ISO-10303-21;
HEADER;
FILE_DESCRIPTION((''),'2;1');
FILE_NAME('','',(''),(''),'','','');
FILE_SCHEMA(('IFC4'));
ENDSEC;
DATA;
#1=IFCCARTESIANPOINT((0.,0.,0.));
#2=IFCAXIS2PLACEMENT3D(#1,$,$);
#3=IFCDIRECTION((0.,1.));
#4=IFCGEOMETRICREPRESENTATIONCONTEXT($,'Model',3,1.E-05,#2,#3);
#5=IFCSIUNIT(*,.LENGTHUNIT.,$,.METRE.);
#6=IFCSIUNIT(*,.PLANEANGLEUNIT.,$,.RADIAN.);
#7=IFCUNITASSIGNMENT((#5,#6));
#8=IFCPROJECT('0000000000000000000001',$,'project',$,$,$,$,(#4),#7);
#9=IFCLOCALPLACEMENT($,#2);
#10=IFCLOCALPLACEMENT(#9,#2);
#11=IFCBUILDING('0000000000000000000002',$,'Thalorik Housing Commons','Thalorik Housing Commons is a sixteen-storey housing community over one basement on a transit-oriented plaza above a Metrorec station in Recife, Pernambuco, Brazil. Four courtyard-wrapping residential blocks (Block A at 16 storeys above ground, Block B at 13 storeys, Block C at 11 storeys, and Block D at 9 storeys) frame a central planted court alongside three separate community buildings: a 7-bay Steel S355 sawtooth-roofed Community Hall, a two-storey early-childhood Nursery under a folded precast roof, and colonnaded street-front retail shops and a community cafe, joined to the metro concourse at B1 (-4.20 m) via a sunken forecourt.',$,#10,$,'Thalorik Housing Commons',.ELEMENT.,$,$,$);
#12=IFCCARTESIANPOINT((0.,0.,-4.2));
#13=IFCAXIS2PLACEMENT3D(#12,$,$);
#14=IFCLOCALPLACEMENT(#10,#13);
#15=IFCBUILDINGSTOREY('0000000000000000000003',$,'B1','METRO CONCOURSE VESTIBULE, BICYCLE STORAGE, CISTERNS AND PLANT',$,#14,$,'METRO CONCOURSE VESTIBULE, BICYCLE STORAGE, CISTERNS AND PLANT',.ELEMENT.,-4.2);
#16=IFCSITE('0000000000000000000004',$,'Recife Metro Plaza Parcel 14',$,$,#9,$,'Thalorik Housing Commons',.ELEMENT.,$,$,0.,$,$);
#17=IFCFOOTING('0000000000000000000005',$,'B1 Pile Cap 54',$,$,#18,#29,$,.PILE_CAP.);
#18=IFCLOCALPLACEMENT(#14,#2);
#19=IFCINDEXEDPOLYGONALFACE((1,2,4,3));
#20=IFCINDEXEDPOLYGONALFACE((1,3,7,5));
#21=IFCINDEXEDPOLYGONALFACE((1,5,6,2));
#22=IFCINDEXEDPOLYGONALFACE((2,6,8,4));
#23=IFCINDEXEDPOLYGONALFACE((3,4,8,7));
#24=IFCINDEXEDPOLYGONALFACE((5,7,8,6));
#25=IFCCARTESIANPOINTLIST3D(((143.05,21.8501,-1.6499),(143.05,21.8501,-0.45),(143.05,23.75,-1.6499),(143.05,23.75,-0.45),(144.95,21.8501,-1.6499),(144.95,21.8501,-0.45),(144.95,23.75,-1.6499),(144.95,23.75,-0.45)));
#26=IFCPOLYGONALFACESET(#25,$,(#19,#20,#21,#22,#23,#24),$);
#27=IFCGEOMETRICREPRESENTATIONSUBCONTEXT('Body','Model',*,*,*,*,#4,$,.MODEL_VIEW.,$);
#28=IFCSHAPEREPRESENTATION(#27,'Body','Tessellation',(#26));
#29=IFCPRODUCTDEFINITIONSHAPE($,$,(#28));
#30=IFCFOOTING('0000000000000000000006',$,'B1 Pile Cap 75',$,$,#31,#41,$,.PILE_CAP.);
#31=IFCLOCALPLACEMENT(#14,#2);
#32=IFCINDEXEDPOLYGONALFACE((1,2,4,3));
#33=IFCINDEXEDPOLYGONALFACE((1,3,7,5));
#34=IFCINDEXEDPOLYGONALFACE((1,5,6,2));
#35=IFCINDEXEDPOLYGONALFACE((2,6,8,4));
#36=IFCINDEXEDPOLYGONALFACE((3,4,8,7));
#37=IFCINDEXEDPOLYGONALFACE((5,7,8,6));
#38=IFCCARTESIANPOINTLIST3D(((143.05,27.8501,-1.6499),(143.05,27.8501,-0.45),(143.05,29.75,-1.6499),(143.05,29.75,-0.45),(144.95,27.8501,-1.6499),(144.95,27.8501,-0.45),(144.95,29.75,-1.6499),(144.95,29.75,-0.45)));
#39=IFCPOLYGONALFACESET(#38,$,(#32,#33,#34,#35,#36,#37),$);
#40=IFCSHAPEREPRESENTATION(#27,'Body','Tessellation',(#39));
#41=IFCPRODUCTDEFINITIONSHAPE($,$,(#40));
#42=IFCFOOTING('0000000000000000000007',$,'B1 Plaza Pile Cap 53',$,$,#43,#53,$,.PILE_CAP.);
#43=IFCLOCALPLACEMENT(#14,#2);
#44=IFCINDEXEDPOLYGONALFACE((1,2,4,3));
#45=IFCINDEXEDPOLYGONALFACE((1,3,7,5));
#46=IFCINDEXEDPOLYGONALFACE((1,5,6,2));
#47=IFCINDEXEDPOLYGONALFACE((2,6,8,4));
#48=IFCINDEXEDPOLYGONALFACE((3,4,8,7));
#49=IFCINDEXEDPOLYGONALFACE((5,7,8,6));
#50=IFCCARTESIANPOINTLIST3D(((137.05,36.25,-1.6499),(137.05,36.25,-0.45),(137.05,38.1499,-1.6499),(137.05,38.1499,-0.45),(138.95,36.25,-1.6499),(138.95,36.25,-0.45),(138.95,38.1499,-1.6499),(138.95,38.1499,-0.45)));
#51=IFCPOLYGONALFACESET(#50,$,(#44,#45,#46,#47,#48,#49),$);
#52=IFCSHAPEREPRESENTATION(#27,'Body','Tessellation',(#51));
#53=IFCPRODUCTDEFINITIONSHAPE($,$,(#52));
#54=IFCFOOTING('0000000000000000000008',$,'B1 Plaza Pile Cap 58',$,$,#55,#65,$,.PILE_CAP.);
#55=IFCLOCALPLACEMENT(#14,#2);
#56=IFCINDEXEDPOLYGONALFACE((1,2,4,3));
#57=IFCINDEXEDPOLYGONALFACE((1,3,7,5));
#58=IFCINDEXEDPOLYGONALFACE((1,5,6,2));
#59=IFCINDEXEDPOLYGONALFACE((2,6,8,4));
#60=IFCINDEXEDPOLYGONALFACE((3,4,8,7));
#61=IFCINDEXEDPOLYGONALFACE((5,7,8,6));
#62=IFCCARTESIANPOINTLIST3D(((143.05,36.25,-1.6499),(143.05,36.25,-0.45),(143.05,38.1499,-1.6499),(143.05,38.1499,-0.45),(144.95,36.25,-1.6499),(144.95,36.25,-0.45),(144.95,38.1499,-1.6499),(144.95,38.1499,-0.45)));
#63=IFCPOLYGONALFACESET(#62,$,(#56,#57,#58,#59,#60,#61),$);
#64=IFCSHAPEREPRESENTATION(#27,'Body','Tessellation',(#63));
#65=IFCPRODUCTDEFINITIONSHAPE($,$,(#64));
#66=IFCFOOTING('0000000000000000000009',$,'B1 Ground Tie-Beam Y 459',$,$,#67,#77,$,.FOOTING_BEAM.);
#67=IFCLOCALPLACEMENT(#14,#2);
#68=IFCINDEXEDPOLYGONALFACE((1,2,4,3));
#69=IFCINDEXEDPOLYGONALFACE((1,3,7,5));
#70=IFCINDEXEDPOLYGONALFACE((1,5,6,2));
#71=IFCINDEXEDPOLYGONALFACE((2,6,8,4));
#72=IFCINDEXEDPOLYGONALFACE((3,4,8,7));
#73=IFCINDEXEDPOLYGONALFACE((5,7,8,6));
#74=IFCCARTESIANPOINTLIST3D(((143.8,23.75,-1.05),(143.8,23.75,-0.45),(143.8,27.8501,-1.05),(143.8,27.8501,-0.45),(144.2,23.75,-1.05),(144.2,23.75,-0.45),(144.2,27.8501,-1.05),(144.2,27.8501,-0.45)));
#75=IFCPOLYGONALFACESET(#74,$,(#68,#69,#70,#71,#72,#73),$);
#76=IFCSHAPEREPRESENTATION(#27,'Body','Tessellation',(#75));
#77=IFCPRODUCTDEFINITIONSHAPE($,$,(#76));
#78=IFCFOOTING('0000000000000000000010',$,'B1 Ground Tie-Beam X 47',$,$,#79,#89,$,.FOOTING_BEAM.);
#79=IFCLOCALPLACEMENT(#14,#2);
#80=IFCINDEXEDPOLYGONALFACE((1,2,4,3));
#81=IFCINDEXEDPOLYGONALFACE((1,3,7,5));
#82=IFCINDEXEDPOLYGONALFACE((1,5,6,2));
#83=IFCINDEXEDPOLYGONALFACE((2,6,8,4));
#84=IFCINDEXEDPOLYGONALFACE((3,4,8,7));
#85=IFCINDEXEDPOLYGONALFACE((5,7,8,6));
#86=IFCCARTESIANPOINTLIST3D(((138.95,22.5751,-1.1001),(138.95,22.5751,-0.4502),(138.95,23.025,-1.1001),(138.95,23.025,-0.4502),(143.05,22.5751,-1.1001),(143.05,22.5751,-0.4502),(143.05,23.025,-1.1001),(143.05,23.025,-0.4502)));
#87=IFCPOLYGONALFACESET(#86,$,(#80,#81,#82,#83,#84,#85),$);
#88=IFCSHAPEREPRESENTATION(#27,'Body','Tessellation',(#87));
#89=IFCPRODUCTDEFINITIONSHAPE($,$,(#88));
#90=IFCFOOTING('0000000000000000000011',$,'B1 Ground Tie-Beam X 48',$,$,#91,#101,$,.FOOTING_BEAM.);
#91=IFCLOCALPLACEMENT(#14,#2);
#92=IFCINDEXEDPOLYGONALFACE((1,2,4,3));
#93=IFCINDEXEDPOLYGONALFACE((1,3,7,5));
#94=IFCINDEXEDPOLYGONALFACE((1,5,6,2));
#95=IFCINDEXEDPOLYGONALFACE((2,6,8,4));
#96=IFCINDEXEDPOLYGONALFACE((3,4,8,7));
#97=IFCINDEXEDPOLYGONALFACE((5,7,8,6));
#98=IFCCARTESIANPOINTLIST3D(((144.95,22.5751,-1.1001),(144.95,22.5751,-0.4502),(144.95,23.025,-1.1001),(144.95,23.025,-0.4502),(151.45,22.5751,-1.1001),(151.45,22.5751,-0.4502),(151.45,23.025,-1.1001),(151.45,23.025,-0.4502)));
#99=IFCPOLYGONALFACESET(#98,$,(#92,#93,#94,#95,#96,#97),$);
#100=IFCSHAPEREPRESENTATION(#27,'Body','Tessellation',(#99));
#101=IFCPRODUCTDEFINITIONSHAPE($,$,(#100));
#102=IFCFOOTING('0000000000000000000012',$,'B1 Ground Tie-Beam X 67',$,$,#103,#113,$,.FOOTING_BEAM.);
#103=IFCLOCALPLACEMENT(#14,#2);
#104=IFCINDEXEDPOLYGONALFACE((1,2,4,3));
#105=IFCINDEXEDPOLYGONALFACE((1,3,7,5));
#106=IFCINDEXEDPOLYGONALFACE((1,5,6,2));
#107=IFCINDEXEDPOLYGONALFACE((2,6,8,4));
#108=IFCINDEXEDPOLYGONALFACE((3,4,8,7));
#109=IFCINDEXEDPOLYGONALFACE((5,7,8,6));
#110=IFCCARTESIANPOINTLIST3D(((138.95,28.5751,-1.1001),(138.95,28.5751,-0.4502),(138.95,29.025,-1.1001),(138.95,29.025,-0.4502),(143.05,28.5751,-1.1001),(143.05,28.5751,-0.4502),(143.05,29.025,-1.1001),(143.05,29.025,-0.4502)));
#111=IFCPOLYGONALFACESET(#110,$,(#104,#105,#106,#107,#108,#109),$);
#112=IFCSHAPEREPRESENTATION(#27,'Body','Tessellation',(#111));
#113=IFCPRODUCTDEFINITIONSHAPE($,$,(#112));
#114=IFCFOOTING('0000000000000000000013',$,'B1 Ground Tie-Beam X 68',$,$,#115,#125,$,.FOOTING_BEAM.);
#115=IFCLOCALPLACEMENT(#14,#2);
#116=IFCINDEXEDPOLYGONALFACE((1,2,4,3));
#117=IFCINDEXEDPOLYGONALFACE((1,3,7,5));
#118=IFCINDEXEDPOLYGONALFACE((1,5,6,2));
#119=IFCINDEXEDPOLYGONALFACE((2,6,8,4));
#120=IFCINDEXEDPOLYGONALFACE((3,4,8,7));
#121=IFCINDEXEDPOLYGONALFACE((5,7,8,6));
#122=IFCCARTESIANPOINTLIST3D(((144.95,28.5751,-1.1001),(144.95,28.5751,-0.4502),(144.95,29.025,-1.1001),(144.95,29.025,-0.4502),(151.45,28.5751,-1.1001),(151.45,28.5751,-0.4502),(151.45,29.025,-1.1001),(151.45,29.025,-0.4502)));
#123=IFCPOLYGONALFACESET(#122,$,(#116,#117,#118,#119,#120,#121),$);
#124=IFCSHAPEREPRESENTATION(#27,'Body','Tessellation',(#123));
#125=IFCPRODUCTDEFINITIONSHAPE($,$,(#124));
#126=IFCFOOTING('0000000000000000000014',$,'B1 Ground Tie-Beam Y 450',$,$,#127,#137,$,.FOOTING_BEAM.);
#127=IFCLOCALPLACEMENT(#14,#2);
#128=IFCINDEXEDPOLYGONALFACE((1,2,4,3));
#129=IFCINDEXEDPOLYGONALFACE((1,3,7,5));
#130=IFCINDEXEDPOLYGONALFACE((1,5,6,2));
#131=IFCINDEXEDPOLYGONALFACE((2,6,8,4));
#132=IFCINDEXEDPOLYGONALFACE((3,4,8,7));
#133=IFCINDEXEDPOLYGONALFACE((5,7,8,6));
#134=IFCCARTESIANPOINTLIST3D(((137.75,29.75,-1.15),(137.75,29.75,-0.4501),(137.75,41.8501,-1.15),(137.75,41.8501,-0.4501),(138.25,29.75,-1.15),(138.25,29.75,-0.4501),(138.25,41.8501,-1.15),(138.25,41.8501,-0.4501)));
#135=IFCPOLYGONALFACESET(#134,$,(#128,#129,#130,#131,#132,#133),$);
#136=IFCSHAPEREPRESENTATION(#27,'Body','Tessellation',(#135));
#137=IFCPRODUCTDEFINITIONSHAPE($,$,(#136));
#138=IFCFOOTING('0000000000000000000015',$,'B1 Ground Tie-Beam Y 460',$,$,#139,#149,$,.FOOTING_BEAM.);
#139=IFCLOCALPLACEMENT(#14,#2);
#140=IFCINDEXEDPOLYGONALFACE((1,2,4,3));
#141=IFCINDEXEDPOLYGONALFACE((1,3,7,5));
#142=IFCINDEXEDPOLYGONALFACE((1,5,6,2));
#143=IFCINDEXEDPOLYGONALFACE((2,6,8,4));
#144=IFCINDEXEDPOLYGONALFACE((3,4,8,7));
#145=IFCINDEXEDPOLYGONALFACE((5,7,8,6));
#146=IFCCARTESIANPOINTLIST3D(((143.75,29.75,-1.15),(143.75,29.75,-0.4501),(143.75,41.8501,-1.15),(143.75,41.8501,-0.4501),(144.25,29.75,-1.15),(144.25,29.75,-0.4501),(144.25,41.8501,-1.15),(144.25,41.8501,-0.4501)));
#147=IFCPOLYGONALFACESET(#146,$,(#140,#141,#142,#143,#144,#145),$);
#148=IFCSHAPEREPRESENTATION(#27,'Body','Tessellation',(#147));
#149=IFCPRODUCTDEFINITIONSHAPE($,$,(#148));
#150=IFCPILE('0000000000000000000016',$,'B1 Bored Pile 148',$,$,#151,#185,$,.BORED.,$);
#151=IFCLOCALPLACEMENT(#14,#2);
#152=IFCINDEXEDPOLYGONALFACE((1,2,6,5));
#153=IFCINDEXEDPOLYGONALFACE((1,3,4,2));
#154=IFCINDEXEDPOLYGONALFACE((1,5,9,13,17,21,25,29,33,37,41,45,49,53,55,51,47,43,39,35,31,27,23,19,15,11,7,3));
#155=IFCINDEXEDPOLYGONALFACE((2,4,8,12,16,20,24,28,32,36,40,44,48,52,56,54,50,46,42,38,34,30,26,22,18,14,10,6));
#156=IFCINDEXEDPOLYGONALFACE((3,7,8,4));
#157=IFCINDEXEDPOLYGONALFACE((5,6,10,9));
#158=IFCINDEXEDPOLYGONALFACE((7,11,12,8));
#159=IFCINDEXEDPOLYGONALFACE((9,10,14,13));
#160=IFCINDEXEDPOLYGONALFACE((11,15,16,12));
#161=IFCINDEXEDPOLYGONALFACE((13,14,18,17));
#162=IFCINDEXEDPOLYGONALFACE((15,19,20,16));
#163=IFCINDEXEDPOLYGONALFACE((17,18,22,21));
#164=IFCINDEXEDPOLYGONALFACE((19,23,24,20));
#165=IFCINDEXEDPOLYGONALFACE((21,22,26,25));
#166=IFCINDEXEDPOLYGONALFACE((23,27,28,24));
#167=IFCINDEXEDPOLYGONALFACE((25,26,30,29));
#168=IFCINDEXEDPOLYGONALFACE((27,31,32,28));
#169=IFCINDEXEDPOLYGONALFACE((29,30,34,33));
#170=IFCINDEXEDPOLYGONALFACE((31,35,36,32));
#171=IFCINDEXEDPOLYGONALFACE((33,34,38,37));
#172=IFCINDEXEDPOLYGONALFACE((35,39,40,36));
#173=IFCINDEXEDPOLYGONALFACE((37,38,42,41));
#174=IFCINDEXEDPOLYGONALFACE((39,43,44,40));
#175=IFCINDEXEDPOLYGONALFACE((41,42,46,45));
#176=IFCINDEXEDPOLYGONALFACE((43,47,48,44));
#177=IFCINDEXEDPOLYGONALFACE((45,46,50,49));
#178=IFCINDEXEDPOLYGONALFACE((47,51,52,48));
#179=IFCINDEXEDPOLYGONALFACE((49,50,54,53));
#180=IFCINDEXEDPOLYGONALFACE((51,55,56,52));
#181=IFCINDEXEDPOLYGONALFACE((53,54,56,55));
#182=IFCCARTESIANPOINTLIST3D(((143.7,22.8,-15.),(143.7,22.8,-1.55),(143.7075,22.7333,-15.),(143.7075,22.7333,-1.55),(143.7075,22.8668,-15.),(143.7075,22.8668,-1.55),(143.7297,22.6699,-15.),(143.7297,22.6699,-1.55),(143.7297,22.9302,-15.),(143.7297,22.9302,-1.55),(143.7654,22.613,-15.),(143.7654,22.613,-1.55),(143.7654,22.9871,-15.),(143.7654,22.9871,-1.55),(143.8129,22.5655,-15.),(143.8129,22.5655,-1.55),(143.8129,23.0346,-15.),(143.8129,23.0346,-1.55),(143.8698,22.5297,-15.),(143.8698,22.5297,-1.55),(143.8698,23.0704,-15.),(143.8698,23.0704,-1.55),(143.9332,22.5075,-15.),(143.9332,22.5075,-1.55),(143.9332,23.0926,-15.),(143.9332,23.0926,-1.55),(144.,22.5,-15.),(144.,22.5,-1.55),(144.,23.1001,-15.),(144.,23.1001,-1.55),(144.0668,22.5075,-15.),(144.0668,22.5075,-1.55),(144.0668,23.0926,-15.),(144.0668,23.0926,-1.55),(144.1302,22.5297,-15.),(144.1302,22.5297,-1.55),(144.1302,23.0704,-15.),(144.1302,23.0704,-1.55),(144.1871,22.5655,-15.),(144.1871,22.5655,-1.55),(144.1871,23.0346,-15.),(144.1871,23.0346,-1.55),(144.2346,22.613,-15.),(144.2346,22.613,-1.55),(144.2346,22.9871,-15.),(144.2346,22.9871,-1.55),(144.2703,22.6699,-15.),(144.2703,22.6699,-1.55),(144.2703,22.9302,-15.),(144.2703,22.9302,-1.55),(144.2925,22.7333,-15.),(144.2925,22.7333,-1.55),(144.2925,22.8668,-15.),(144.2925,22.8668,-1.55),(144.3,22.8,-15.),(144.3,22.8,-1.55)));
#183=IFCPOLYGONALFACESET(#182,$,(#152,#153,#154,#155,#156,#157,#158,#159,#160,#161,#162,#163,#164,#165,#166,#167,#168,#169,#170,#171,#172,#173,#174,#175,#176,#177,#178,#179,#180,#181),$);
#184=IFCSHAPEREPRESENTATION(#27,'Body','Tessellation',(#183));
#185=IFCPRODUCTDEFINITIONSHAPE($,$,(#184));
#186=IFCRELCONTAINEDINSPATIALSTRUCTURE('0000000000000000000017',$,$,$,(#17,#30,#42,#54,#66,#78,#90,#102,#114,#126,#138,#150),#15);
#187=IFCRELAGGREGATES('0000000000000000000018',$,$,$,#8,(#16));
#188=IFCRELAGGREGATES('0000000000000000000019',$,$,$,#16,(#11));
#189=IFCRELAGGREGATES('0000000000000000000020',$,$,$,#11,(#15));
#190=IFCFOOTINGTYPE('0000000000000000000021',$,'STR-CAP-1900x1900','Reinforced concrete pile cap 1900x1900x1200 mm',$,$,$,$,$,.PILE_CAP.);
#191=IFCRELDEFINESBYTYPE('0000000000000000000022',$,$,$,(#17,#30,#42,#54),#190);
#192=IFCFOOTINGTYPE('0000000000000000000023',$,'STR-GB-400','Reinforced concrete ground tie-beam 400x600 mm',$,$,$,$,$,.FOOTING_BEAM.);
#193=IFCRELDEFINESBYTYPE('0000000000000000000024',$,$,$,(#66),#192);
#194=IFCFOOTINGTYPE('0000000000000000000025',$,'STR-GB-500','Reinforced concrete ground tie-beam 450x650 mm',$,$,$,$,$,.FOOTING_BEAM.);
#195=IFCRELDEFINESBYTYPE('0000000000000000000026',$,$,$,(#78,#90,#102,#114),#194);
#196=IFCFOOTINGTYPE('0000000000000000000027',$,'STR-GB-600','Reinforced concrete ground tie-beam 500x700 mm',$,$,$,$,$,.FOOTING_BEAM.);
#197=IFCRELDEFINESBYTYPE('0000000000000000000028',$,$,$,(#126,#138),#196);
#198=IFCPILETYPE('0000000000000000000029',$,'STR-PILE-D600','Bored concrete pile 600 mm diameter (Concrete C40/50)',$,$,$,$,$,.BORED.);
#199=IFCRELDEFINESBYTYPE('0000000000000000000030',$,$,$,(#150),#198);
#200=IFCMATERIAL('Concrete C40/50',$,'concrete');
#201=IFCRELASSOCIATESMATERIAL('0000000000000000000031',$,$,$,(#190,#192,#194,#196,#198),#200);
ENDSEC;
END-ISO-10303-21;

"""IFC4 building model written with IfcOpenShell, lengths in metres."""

from ifc_helpers import new_model, si_unit, direction, frame, origin, origin_2d, place, context, subcontext, project, spatial, rectangle, circle, extrude, material, material_profile, profile_set, type_object, element, save


model = new_model("IFC4")

# Units and contexts
model_context = context("Model", 3, precision=1e-05, world=origin(), true_north=direction((0.0, 1.0)))
body_context = subcontext(model_context, "Body", "Model", "MODEL_VIEW")
ifc_project = project(units=[si_unit("LENGTHUNIT", "METRE"), si_unit("PLANEANGLEUNIT", "RADIAN")], contexts=[model_context])

# Site, building, storey
site_placement = place(None, origin())
site = spatial("IfcSite", under=ifc_project, at=site_placement, Name="Recife Metro Plaza Parcel 14", LongName="Thalorik Housing Commons", CompositionType="ELEMENT", RefElevation=0.0)
building_placement = place(site_placement, origin())
building = spatial("IfcBuilding", under=site, at=building_placement, Name="Thalorik Housing Commons", Description="Thalorik Housing Commons is a sixteen-storey housing community over one basement on a transit-oriented plaza above a Metrorec station in Recife, Pernambuco, Brazil. Four courtyard-wrapping residential blocks (Block A at 16 storeys above ground, Block B at 13 storeys, Block C at 11 storeys, and Block D at 9 storeys) frame a central planted court alongside three separate community buildings: a 7-bay Steel S355 sawtooth-roofed Community Hall, a two-storey early-childhood Nursery under a folded precast roof, and colonnaded street-front retail shops and a community cafe, joined to the metro concourse at B1 (-4.20 m) via a sunken forecourt.", LongName="Thalorik Housing Commons", CompositionType="ELEMENT")
storey_placement = place(building_placement, frame((0.0, 0.0, -4.2)))
storey = spatial("IfcBuildingStorey", under=building, at=storey_placement, Name="B1", Description="METRO CONCOURSE VESTIBULE, BICYCLE STORAGE, CISTERNS AND PLANT", LongName="METRO CONCOURSE VESTIBULE, BICYCLE STORAGE, CISTERNS AND PLANT", CompositionType="ELEMENT", Elevation=-4.2)

# Footings
ifc_material_1 = material(Name="Concrete C40/50", Category="concrete")
footing_type_1 = type_object("IfcFootingType", Name="STR-CAP-1900x1900", Description="Reinforced concrete pile cap 1900x1900x1200 mm", PredefinedType="PILE_CAP", material=ifc_material_1)
for number, where, z_axis, x_axis, name in (
    (1, (144.0, 22.8, -1.6499), (0.0, 0.0, 1.0), (1.0, 0.0, 0.0), "B1 Pile Cap 54"),
    (2, (144.0, 28.8, -1.6499), (0.0, 0.0, 1.0), (1.0, 0.0, 0.0), "B1 Pile Cap 75"),
    (3, (138.0, 37.2, -1.6499), (0.0, 0.0, 1.0), (1.0, 0.0, 0.0), "B1 Plaza Pile Cap 53"),
    (4, (144.0, 37.2, -1.6499), (0.0, 0.0, 1.0), (1.0, 0.0, 0.0), "B1 Plaza Pile Cap 58"),
):
    element("IfcFooting", number, at=place(storey_placement, frame(where, z_axis=z_axis, x_axis=x_axis)), inside=storey, type_object=footing_type_1, Name=name, PredefinedType="PILE_CAP", context=body_context, shape_type="SweptSolid", body=[
        extrude(rectangle(XDim=1.8999, YDim=1.8999, at=origin_2d()), origin(), (0.0, 0.0, 1.0), 1.2),
    ])
ifc_material_profile_1 = material_profile(ifc_material_1, rectangle(XDim=0.3999, YDim=0.6001, at=origin_2d()), Name="RC 400x600", Category="concrete")
ifc_profile_set_1 = profile_set([ifc_material_profile_1], Name="Concrete C40/50")
footing_type_2 = type_object("IfcFootingType", Name="STR-GB-400", Description="Reinforced concrete ground tie-beam 400x600 mm", PredefinedType="FOOTING_BEAM", material=ifc_profile_set_1)
footing_1_placement = place(storey_placement, frame((144.0, 23.75, -0.75), z_axis=(0.0, 1.0, 0.0), x_axis=(-1.0, 0.0, 0.0)))
element("IfcFooting", 5, at=footing_1_placement, inside=storey, type_object=footing_type_2, Name="B1 Ground Tie-Beam Y 459", PredefinedType="FOOTING_BEAM", context=body_context, shape_type="SweptSolid", body=[
    extrude(rectangle(XDim=0.3999, YDim=0.6001, at=origin_2d()), origin(), (0.0, 0.0, 1.0), 4.1001),
])
ifc_material_profile_2 = material_profile(ifc_material_1, rectangle(XDim=0.45, YDim=0.6499, at=origin_2d()), Name="RC 450x650", Category="concrete")
ifc_profile_set_2 = profile_set([ifc_material_profile_2], Name="Concrete C40/50")
footing_type_3 = type_object("IfcFootingType", Name="STR-GB-500", Description="Reinforced concrete ground tie-beam 450x650 mm", PredefinedType="FOOTING_BEAM", material=ifc_profile_set_2)
footing_2_placement = place(storey_placement, frame((138.95, 22.8, -0.7751), z_axis=(1.0, 0.0, 0.0), x_axis=(0.0, 1.0, 0.0)))
element("IfcFooting", 6, at=footing_2_placement, inside=storey, type_object=footing_type_3, Name="B1 Ground Tie-Beam X 47", PredefinedType="FOOTING_BEAM", context=body_context, shape_type="SweptSolid", body=[
    extrude(rectangle(XDim=0.45, YDim=0.6499, at=origin_2d()), origin(), (0.0, 0.0, 1.0), 4.1001),
])
footing_3_placement = place(storey_placement, frame((144.95, 22.8, -0.7751), z_axis=(1.0, 0.0, 0.0), x_axis=(0.0, 1.0, 0.0)))
element("IfcFooting", 7, at=footing_3_placement, inside=storey, type_object=footing_type_3, Name="B1 Ground Tie-Beam X 48", PredefinedType="FOOTING_BEAM", context=body_context, shape_type="SweptSolid", body=[
    extrude(rectangle(XDim=0.45, YDim=0.6499, at=origin_2d()), origin(), (0.0, 0.0, 1.0), 6.5),
])
footing_4_placement = place(storey_placement, frame((138.95, 28.8, -0.7751), z_axis=(1.0, 0.0, 0.0), x_axis=(0.0, 1.0, 0.0)))
element("IfcFooting", 8, at=footing_4_placement, inside=storey, type_object=footing_type_3, Name="B1 Ground Tie-Beam X 67", PredefinedType="FOOTING_BEAM", context=body_context, shape_type="SweptSolid", body=[
    extrude(rectangle(XDim=0.45, YDim=0.6499, at=origin_2d()), origin(), (0.0, 0.0, 1.0), 4.1001),
])
footing_5_placement = place(storey_placement, frame((144.95, 28.8, -0.7751), z_axis=(1.0, 0.0, 0.0), x_axis=(0.0, 1.0, 0.0)))
element("IfcFooting", 9, at=footing_5_placement, inside=storey, type_object=footing_type_3, Name="B1 Ground Tie-Beam X 68", PredefinedType="FOOTING_BEAM", context=body_context, shape_type="SweptSolid", body=[
    extrude(rectangle(XDim=0.45, YDim=0.6499, at=origin_2d()), origin(), (0.0, 0.0, 1.0), 6.5),
])
ifc_material_profile_3 = material_profile(ifc_material_1, rectangle(XDim=0.5, YDim=0.7, at=origin_2d()), Name="RC 500x700", Category="concrete")
ifc_profile_set_3 = profile_set([ifc_material_profile_3], Name="Concrete C40/50")
footing_type_4 = type_object("IfcFootingType", Name="STR-GB-600", Description="Reinforced concrete ground tie-beam 500x700 mm", PredefinedType="FOOTING_BEAM", material=ifc_profile_set_3)
for number, where, z_axis, x_axis, name in (
    (10, (138.0, 29.75, -0.8), (0.0, 1.0, 0.0), (-1.0, 0.0, 0.0), "B1 Ground Tie-Beam Y 450"),
    (11, (144.0, 29.75, -0.8), (0.0, 1.0, 0.0), (-1.0, 0.0, 0.0), "B1 Ground Tie-Beam Y 460"),
):
    element("IfcFooting", number, at=place(storey_placement, frame(where, z_axis=z_axis, x_axis=x_axis)), inside=storey, type_object=footing_type_4, Name=name, PredefinedType="FOOTING_BEAM", context=body_context, shape_type="SweptSolid", body=[
        extrude(rectangle(XDim=0.5, YDim=0.7, at=origin_2d()), origin(), (0.0, 0.0, 1.0), 12.1001),
    ])

# Pile
ifc_material_profile_4 = material_profile(ifc_material_1, circle(Radius=0.3, at=origin_2d()), Name="BORED PILE D600", Category="concrete")
ifc_profile_set_4 = profile_set([ifc_material_profile_4], Name="Concrete C40/50")
pile_type_1 = type_object("IfcPileType", Name="STR-PILE-D600", Description="Bored concrete pile 600 mm diameter (Concrete C40/50)", PredefinedType="BORED", material=ifc_profile_set_4)
for number, where, z_axis, x_axis, name in (
    (12, (144.0, 22.8, -1.55), (0.0, 0.0, -1.0), (1.0, 0.0, 0.0), "B1 Bored Pile 148"),
):
    element("IfcPile", number, at=place(storey_placement, frame(where, z_axis=z_axis, x_axis=x_axis)), inside=storey, type_object=pile_type_1, Name=name, PredefinedType="BORED", context=body_context, shape_type="SweptSolid", body=[
        extrude(circle(Radius=0.3, at=origin_2d()), origin(), (0.0, 0.0, 1.0), 13.45),
    ])

save(model, "model.ifc")
